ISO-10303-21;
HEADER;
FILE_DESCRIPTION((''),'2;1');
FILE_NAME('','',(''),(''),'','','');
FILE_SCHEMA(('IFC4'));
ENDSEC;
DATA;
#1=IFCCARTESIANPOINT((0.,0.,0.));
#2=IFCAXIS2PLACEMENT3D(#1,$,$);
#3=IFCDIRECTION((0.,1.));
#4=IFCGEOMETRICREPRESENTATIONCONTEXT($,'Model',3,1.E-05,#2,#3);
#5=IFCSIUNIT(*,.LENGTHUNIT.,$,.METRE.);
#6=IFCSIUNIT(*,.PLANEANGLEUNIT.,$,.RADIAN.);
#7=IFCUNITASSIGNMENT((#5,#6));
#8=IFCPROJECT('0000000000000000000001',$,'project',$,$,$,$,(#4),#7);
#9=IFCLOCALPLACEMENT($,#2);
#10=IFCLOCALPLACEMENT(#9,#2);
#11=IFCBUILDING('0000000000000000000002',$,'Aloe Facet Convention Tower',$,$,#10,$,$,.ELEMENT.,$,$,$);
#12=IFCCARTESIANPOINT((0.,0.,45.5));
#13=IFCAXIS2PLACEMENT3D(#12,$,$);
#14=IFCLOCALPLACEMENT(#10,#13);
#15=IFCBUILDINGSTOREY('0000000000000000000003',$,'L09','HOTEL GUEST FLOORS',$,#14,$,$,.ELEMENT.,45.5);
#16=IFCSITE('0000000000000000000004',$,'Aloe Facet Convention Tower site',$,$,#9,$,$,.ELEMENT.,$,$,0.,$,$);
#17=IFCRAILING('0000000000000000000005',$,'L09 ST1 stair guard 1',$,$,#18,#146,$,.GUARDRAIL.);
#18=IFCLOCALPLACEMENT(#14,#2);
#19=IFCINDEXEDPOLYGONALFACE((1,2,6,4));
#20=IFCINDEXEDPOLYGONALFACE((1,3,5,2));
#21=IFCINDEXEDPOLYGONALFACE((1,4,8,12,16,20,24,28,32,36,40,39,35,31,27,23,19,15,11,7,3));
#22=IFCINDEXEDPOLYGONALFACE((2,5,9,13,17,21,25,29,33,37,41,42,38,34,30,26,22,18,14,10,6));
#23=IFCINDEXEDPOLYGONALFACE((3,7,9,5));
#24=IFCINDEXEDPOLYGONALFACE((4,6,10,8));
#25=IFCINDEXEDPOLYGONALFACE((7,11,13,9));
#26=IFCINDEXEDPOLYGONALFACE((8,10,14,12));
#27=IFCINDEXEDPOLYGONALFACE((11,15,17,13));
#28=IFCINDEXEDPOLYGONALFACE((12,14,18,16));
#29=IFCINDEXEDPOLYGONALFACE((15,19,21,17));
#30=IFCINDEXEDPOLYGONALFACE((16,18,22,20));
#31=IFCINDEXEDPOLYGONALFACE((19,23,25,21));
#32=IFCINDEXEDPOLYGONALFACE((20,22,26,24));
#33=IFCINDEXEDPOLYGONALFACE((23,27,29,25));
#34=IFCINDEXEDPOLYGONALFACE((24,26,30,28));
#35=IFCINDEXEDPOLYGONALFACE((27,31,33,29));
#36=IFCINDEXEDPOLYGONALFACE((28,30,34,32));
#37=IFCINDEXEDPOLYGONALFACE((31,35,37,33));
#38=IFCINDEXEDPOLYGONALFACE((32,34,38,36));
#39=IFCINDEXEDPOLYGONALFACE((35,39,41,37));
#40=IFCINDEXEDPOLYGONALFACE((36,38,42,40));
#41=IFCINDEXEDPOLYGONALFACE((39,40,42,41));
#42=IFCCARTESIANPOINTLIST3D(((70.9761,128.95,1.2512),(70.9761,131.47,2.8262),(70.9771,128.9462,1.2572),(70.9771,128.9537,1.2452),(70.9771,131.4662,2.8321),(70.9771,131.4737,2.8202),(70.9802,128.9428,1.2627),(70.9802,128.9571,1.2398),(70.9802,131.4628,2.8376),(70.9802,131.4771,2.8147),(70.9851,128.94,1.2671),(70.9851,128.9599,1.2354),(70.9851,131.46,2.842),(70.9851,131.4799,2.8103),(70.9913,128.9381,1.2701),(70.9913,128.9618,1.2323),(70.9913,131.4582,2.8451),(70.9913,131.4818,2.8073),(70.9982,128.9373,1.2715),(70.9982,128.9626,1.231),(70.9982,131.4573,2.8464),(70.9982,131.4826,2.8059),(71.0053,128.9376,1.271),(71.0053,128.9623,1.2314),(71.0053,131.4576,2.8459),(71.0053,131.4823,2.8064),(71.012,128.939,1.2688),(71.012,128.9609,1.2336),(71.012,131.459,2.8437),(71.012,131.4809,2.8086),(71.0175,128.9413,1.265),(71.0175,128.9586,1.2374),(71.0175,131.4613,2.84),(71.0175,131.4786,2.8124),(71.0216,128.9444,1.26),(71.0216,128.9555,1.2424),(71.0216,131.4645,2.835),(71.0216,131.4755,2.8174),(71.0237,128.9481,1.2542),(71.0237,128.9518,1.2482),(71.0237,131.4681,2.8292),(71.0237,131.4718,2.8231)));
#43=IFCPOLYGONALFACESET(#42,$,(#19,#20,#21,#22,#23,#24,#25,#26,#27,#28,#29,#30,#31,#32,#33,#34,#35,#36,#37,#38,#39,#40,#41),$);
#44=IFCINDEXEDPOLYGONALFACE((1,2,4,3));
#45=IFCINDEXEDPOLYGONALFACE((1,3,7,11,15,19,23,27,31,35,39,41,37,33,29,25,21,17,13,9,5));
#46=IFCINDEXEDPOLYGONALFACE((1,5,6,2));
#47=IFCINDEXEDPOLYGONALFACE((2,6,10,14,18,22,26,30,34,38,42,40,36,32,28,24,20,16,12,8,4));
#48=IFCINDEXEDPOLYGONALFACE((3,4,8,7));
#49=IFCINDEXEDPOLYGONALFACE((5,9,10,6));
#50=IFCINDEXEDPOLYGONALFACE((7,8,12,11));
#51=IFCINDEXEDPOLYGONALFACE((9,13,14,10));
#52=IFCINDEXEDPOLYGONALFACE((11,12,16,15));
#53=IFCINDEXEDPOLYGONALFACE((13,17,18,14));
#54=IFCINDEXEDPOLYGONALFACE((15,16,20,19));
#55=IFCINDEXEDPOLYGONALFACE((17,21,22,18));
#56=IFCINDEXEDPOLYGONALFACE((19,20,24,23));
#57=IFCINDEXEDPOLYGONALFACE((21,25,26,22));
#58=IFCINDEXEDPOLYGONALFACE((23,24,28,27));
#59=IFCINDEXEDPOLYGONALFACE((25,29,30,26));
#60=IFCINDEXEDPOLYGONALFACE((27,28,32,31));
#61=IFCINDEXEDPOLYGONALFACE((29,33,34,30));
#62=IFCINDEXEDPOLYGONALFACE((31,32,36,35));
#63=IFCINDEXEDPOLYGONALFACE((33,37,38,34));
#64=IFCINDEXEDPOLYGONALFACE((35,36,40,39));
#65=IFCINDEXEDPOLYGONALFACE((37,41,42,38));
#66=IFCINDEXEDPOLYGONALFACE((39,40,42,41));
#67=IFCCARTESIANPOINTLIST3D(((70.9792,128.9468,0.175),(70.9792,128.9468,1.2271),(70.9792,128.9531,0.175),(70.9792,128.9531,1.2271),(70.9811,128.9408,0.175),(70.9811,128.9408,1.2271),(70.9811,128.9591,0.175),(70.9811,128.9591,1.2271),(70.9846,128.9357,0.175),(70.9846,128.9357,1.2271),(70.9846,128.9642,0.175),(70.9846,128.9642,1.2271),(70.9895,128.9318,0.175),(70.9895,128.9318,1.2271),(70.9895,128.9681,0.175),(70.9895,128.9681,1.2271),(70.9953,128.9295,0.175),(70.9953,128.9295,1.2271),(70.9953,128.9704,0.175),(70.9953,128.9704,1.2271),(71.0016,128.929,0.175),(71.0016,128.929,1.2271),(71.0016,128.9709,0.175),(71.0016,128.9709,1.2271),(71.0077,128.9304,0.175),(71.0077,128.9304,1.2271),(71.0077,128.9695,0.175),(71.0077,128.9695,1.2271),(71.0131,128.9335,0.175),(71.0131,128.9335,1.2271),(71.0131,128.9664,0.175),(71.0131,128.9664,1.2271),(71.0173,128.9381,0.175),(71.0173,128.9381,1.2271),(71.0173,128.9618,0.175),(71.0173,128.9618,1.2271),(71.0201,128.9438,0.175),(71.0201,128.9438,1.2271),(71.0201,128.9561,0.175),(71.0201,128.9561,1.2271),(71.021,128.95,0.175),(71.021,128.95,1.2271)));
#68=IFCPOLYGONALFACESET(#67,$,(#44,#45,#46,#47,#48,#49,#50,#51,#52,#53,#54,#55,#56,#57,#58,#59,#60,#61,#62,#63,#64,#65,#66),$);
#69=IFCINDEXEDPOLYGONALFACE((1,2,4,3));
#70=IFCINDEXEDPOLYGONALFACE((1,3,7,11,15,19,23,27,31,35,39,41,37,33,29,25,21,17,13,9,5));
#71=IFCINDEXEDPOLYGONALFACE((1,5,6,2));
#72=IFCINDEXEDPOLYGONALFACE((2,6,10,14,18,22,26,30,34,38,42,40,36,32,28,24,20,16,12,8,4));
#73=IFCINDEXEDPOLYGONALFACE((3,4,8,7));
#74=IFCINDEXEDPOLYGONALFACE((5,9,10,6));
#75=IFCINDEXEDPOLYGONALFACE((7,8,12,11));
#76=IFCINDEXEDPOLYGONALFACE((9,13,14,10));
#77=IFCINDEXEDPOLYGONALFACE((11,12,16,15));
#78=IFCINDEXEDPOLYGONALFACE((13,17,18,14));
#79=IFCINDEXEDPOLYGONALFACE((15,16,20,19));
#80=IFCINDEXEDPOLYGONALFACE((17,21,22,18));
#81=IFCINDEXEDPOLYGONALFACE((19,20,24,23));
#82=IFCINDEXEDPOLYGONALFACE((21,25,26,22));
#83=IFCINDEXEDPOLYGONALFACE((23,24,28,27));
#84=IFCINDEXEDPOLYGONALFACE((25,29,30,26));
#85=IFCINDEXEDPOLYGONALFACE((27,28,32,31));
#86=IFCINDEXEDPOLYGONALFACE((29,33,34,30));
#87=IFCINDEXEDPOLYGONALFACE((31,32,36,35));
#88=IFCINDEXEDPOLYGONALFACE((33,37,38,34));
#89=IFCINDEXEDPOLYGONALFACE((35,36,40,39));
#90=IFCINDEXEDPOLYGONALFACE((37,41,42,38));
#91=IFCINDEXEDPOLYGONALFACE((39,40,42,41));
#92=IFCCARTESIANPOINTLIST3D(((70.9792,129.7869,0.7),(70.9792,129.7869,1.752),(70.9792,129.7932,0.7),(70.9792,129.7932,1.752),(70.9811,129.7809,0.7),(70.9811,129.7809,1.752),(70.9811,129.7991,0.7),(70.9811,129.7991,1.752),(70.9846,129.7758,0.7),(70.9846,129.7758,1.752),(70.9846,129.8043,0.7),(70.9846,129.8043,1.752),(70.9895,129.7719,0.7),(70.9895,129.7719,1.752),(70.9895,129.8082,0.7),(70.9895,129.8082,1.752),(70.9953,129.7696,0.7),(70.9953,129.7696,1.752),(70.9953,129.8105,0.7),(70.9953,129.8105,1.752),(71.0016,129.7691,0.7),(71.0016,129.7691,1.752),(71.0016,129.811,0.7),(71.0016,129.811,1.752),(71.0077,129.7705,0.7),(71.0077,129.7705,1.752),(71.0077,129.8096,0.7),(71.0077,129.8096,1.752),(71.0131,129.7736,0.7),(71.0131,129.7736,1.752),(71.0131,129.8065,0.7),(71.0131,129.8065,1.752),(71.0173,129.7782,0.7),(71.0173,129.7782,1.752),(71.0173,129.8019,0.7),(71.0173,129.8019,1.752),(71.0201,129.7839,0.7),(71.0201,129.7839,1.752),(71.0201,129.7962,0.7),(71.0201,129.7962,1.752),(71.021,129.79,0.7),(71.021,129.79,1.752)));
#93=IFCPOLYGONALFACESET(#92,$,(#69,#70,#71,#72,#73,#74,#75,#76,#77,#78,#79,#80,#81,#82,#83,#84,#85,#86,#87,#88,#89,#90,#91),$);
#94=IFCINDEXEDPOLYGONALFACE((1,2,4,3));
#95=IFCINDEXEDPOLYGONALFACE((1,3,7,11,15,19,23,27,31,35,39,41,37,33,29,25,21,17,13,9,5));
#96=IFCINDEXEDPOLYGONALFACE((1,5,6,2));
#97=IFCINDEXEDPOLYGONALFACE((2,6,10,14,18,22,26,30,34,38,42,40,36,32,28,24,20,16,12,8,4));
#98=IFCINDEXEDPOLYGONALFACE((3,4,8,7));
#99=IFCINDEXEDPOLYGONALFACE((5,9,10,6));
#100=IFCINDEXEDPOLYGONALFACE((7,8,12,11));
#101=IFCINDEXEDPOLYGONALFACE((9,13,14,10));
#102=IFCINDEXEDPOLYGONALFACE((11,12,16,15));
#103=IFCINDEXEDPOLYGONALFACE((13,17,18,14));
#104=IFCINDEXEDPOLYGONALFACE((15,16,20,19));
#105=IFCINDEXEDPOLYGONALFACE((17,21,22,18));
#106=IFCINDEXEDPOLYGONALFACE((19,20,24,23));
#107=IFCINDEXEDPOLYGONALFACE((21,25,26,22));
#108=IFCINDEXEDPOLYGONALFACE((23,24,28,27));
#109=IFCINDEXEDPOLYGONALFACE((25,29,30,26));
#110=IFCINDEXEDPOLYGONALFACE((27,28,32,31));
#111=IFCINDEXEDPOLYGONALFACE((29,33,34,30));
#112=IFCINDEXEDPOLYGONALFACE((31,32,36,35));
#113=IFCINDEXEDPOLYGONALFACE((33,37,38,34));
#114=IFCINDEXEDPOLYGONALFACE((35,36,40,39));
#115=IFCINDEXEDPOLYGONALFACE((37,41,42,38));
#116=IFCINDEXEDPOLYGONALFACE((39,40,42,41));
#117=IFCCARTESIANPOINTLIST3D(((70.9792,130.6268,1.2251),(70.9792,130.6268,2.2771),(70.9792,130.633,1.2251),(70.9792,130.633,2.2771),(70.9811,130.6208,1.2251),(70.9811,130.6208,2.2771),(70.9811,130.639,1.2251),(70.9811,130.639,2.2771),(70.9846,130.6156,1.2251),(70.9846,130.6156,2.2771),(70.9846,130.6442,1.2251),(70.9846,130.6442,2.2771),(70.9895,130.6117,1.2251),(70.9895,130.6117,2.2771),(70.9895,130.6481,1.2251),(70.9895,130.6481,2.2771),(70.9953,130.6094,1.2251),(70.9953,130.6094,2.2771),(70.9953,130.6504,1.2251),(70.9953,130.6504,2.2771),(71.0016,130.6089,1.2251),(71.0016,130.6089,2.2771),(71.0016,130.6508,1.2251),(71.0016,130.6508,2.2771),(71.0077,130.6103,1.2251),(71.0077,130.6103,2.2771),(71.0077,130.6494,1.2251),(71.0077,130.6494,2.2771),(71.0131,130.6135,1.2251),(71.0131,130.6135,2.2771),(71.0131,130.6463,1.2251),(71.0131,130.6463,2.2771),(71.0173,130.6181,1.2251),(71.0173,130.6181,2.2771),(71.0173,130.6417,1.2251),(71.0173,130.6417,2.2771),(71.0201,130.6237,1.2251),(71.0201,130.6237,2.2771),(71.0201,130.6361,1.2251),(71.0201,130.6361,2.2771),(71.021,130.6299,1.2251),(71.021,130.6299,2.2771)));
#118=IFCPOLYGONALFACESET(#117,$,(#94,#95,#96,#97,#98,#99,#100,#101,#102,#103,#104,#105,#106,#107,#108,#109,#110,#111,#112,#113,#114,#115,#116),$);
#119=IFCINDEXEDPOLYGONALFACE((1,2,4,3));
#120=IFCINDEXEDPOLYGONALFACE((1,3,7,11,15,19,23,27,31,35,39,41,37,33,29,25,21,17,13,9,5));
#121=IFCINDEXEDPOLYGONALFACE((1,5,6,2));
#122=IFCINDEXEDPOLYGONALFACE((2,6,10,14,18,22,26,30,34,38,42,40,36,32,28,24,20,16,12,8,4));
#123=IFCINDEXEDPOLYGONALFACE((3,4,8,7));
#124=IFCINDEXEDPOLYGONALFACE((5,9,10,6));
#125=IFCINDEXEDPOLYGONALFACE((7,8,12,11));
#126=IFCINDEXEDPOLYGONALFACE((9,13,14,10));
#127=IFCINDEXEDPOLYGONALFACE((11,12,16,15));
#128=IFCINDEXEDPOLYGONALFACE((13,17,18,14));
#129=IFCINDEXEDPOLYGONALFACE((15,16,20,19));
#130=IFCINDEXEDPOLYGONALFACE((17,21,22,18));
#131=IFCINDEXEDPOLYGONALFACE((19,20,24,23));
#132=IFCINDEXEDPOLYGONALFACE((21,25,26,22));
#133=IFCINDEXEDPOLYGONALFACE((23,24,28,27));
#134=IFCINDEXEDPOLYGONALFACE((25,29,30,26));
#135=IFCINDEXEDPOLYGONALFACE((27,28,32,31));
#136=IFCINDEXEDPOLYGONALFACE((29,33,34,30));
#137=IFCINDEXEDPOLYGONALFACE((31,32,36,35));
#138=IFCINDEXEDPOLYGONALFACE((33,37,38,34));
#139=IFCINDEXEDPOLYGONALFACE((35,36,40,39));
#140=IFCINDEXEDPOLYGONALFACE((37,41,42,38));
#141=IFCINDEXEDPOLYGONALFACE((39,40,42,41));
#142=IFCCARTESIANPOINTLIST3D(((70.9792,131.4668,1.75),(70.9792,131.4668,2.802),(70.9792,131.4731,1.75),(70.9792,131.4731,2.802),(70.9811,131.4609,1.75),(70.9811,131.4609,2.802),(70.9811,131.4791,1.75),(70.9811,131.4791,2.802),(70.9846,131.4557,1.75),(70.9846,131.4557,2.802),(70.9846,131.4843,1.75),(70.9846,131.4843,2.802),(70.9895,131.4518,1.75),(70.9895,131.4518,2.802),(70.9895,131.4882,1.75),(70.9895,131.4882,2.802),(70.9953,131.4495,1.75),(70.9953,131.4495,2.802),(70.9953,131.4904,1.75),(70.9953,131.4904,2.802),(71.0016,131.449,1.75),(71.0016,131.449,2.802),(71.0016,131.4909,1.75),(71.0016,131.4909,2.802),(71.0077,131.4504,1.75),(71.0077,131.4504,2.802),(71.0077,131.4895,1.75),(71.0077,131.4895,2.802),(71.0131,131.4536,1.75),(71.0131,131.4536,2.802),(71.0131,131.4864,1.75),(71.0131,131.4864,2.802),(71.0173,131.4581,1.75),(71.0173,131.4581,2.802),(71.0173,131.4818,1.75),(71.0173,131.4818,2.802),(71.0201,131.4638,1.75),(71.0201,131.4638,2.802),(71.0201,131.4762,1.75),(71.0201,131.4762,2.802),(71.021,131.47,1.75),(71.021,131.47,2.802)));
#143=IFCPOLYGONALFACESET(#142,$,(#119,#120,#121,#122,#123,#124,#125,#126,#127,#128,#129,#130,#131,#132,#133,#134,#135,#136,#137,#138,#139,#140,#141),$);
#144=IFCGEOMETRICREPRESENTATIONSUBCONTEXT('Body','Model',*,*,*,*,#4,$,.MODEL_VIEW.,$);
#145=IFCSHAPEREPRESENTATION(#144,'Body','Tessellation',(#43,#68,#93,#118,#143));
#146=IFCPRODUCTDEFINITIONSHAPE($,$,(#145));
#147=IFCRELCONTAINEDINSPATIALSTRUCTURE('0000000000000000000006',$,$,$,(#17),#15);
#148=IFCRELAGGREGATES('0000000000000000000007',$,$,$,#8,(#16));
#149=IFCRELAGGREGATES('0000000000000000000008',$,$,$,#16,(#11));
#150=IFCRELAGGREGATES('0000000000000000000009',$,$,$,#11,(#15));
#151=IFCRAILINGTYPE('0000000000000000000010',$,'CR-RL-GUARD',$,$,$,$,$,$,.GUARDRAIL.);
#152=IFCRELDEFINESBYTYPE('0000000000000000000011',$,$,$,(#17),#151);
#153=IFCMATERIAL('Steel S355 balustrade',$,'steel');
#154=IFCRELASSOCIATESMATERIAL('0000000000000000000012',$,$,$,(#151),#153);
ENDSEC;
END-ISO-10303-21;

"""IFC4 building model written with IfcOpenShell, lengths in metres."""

from ifc_helpers import new_model, si_unit, direction, frame, origin, origin_2d, place, context, subcontext, project, spatial, circle, extrude, material, type_object, element, save


model = new_model("IFC4")

# Units and contexts
model_context = context("Model", 3, precision=1e-05, world=origin(), true_north=direction((0.0, 1.0)))
body_context = subcontext(model_context, "Body", "Model", "MODEL_VIEW")
ifc_project = project(units=[si_unit("LENGTHUNIT", "METRE"), si_unit("PLANEANGLEUNIT", "RADIAN")], contexts=[model_context])

# Site, building, storey
site_placement = place(None, origin())
site = spatial("IfcSite", under=ifc_project, at=site_placement, Name="Aloe Facet Convention Tower site", CompositionType="ELEMENT", RefElevation=0.0)
building_placement = place(site_placement, origin())
building = spatial("IfcBuilding", under=site, at=building_placement, Name="Aloe Facet Convention Tower", CompositionType="ELEMENT")
storey_placement = place(building_placement, frame((0.0, 0.0, 45.5)))
storey = spatial("IfcBuildingStorey", under=building, at=storey_placement, Name="L09", Description="HOTEL GUEST FLOORS", CompositionType="ELEMENT", Elevation=45.5)

# Railing
ifc_material_1 = material(Name="Steel S355 balustrade", Category="steel")
railing_type_1 = type_object("IfcRailingType", Name="CR-RL-GUARD", PredefinedType="GUARDRAIL", material=ifc_material_1)
railing_1_placement = place(storey_placement, frame((71.0, 128.95, 0.175)))
element("IfcRailing", 1, at=railing_1_placement, inside=storey, type_object=railing_type_1, Name="L09 ST1 stair guard 1", PredefinedType="GUARDRAIL", context=body_context, shape_type="SweptSolid", body=[
    extrude(circle(Radius=0.0239, at=origin_2d()), frame((0.0, 0.0, 1.0762), z_axis=(0.0, 0.848008, 0.529984), x_axis=(-1.0, 0.0, 0.0)), (0.0, 0.0, 1.0), 2.9717),
    extrude(circle(Radius=0.021, at=origin_2d()), origin(), (0.0, 0.0, 1.0), 1.052),
    extrude(circle(Radius=0.021, at=origin_2d()), frame((0.0, 0.8401, 0.5249)), (0.0, 0.0, 1.0), 1.052),
    extrude(circle(Radius=0.021, at=origin_2d()), frame((0.0, 1.6799, 1.05)), (0.0, 0.0, 1.0), 1.052),
    extrude(circle(Radius=0.021, at=origin_2d()), frame((0.0, 2.52, 1.575)), (0.0, 0.0, 1.0), 1.052),
])

save(model, "model.ifc")
